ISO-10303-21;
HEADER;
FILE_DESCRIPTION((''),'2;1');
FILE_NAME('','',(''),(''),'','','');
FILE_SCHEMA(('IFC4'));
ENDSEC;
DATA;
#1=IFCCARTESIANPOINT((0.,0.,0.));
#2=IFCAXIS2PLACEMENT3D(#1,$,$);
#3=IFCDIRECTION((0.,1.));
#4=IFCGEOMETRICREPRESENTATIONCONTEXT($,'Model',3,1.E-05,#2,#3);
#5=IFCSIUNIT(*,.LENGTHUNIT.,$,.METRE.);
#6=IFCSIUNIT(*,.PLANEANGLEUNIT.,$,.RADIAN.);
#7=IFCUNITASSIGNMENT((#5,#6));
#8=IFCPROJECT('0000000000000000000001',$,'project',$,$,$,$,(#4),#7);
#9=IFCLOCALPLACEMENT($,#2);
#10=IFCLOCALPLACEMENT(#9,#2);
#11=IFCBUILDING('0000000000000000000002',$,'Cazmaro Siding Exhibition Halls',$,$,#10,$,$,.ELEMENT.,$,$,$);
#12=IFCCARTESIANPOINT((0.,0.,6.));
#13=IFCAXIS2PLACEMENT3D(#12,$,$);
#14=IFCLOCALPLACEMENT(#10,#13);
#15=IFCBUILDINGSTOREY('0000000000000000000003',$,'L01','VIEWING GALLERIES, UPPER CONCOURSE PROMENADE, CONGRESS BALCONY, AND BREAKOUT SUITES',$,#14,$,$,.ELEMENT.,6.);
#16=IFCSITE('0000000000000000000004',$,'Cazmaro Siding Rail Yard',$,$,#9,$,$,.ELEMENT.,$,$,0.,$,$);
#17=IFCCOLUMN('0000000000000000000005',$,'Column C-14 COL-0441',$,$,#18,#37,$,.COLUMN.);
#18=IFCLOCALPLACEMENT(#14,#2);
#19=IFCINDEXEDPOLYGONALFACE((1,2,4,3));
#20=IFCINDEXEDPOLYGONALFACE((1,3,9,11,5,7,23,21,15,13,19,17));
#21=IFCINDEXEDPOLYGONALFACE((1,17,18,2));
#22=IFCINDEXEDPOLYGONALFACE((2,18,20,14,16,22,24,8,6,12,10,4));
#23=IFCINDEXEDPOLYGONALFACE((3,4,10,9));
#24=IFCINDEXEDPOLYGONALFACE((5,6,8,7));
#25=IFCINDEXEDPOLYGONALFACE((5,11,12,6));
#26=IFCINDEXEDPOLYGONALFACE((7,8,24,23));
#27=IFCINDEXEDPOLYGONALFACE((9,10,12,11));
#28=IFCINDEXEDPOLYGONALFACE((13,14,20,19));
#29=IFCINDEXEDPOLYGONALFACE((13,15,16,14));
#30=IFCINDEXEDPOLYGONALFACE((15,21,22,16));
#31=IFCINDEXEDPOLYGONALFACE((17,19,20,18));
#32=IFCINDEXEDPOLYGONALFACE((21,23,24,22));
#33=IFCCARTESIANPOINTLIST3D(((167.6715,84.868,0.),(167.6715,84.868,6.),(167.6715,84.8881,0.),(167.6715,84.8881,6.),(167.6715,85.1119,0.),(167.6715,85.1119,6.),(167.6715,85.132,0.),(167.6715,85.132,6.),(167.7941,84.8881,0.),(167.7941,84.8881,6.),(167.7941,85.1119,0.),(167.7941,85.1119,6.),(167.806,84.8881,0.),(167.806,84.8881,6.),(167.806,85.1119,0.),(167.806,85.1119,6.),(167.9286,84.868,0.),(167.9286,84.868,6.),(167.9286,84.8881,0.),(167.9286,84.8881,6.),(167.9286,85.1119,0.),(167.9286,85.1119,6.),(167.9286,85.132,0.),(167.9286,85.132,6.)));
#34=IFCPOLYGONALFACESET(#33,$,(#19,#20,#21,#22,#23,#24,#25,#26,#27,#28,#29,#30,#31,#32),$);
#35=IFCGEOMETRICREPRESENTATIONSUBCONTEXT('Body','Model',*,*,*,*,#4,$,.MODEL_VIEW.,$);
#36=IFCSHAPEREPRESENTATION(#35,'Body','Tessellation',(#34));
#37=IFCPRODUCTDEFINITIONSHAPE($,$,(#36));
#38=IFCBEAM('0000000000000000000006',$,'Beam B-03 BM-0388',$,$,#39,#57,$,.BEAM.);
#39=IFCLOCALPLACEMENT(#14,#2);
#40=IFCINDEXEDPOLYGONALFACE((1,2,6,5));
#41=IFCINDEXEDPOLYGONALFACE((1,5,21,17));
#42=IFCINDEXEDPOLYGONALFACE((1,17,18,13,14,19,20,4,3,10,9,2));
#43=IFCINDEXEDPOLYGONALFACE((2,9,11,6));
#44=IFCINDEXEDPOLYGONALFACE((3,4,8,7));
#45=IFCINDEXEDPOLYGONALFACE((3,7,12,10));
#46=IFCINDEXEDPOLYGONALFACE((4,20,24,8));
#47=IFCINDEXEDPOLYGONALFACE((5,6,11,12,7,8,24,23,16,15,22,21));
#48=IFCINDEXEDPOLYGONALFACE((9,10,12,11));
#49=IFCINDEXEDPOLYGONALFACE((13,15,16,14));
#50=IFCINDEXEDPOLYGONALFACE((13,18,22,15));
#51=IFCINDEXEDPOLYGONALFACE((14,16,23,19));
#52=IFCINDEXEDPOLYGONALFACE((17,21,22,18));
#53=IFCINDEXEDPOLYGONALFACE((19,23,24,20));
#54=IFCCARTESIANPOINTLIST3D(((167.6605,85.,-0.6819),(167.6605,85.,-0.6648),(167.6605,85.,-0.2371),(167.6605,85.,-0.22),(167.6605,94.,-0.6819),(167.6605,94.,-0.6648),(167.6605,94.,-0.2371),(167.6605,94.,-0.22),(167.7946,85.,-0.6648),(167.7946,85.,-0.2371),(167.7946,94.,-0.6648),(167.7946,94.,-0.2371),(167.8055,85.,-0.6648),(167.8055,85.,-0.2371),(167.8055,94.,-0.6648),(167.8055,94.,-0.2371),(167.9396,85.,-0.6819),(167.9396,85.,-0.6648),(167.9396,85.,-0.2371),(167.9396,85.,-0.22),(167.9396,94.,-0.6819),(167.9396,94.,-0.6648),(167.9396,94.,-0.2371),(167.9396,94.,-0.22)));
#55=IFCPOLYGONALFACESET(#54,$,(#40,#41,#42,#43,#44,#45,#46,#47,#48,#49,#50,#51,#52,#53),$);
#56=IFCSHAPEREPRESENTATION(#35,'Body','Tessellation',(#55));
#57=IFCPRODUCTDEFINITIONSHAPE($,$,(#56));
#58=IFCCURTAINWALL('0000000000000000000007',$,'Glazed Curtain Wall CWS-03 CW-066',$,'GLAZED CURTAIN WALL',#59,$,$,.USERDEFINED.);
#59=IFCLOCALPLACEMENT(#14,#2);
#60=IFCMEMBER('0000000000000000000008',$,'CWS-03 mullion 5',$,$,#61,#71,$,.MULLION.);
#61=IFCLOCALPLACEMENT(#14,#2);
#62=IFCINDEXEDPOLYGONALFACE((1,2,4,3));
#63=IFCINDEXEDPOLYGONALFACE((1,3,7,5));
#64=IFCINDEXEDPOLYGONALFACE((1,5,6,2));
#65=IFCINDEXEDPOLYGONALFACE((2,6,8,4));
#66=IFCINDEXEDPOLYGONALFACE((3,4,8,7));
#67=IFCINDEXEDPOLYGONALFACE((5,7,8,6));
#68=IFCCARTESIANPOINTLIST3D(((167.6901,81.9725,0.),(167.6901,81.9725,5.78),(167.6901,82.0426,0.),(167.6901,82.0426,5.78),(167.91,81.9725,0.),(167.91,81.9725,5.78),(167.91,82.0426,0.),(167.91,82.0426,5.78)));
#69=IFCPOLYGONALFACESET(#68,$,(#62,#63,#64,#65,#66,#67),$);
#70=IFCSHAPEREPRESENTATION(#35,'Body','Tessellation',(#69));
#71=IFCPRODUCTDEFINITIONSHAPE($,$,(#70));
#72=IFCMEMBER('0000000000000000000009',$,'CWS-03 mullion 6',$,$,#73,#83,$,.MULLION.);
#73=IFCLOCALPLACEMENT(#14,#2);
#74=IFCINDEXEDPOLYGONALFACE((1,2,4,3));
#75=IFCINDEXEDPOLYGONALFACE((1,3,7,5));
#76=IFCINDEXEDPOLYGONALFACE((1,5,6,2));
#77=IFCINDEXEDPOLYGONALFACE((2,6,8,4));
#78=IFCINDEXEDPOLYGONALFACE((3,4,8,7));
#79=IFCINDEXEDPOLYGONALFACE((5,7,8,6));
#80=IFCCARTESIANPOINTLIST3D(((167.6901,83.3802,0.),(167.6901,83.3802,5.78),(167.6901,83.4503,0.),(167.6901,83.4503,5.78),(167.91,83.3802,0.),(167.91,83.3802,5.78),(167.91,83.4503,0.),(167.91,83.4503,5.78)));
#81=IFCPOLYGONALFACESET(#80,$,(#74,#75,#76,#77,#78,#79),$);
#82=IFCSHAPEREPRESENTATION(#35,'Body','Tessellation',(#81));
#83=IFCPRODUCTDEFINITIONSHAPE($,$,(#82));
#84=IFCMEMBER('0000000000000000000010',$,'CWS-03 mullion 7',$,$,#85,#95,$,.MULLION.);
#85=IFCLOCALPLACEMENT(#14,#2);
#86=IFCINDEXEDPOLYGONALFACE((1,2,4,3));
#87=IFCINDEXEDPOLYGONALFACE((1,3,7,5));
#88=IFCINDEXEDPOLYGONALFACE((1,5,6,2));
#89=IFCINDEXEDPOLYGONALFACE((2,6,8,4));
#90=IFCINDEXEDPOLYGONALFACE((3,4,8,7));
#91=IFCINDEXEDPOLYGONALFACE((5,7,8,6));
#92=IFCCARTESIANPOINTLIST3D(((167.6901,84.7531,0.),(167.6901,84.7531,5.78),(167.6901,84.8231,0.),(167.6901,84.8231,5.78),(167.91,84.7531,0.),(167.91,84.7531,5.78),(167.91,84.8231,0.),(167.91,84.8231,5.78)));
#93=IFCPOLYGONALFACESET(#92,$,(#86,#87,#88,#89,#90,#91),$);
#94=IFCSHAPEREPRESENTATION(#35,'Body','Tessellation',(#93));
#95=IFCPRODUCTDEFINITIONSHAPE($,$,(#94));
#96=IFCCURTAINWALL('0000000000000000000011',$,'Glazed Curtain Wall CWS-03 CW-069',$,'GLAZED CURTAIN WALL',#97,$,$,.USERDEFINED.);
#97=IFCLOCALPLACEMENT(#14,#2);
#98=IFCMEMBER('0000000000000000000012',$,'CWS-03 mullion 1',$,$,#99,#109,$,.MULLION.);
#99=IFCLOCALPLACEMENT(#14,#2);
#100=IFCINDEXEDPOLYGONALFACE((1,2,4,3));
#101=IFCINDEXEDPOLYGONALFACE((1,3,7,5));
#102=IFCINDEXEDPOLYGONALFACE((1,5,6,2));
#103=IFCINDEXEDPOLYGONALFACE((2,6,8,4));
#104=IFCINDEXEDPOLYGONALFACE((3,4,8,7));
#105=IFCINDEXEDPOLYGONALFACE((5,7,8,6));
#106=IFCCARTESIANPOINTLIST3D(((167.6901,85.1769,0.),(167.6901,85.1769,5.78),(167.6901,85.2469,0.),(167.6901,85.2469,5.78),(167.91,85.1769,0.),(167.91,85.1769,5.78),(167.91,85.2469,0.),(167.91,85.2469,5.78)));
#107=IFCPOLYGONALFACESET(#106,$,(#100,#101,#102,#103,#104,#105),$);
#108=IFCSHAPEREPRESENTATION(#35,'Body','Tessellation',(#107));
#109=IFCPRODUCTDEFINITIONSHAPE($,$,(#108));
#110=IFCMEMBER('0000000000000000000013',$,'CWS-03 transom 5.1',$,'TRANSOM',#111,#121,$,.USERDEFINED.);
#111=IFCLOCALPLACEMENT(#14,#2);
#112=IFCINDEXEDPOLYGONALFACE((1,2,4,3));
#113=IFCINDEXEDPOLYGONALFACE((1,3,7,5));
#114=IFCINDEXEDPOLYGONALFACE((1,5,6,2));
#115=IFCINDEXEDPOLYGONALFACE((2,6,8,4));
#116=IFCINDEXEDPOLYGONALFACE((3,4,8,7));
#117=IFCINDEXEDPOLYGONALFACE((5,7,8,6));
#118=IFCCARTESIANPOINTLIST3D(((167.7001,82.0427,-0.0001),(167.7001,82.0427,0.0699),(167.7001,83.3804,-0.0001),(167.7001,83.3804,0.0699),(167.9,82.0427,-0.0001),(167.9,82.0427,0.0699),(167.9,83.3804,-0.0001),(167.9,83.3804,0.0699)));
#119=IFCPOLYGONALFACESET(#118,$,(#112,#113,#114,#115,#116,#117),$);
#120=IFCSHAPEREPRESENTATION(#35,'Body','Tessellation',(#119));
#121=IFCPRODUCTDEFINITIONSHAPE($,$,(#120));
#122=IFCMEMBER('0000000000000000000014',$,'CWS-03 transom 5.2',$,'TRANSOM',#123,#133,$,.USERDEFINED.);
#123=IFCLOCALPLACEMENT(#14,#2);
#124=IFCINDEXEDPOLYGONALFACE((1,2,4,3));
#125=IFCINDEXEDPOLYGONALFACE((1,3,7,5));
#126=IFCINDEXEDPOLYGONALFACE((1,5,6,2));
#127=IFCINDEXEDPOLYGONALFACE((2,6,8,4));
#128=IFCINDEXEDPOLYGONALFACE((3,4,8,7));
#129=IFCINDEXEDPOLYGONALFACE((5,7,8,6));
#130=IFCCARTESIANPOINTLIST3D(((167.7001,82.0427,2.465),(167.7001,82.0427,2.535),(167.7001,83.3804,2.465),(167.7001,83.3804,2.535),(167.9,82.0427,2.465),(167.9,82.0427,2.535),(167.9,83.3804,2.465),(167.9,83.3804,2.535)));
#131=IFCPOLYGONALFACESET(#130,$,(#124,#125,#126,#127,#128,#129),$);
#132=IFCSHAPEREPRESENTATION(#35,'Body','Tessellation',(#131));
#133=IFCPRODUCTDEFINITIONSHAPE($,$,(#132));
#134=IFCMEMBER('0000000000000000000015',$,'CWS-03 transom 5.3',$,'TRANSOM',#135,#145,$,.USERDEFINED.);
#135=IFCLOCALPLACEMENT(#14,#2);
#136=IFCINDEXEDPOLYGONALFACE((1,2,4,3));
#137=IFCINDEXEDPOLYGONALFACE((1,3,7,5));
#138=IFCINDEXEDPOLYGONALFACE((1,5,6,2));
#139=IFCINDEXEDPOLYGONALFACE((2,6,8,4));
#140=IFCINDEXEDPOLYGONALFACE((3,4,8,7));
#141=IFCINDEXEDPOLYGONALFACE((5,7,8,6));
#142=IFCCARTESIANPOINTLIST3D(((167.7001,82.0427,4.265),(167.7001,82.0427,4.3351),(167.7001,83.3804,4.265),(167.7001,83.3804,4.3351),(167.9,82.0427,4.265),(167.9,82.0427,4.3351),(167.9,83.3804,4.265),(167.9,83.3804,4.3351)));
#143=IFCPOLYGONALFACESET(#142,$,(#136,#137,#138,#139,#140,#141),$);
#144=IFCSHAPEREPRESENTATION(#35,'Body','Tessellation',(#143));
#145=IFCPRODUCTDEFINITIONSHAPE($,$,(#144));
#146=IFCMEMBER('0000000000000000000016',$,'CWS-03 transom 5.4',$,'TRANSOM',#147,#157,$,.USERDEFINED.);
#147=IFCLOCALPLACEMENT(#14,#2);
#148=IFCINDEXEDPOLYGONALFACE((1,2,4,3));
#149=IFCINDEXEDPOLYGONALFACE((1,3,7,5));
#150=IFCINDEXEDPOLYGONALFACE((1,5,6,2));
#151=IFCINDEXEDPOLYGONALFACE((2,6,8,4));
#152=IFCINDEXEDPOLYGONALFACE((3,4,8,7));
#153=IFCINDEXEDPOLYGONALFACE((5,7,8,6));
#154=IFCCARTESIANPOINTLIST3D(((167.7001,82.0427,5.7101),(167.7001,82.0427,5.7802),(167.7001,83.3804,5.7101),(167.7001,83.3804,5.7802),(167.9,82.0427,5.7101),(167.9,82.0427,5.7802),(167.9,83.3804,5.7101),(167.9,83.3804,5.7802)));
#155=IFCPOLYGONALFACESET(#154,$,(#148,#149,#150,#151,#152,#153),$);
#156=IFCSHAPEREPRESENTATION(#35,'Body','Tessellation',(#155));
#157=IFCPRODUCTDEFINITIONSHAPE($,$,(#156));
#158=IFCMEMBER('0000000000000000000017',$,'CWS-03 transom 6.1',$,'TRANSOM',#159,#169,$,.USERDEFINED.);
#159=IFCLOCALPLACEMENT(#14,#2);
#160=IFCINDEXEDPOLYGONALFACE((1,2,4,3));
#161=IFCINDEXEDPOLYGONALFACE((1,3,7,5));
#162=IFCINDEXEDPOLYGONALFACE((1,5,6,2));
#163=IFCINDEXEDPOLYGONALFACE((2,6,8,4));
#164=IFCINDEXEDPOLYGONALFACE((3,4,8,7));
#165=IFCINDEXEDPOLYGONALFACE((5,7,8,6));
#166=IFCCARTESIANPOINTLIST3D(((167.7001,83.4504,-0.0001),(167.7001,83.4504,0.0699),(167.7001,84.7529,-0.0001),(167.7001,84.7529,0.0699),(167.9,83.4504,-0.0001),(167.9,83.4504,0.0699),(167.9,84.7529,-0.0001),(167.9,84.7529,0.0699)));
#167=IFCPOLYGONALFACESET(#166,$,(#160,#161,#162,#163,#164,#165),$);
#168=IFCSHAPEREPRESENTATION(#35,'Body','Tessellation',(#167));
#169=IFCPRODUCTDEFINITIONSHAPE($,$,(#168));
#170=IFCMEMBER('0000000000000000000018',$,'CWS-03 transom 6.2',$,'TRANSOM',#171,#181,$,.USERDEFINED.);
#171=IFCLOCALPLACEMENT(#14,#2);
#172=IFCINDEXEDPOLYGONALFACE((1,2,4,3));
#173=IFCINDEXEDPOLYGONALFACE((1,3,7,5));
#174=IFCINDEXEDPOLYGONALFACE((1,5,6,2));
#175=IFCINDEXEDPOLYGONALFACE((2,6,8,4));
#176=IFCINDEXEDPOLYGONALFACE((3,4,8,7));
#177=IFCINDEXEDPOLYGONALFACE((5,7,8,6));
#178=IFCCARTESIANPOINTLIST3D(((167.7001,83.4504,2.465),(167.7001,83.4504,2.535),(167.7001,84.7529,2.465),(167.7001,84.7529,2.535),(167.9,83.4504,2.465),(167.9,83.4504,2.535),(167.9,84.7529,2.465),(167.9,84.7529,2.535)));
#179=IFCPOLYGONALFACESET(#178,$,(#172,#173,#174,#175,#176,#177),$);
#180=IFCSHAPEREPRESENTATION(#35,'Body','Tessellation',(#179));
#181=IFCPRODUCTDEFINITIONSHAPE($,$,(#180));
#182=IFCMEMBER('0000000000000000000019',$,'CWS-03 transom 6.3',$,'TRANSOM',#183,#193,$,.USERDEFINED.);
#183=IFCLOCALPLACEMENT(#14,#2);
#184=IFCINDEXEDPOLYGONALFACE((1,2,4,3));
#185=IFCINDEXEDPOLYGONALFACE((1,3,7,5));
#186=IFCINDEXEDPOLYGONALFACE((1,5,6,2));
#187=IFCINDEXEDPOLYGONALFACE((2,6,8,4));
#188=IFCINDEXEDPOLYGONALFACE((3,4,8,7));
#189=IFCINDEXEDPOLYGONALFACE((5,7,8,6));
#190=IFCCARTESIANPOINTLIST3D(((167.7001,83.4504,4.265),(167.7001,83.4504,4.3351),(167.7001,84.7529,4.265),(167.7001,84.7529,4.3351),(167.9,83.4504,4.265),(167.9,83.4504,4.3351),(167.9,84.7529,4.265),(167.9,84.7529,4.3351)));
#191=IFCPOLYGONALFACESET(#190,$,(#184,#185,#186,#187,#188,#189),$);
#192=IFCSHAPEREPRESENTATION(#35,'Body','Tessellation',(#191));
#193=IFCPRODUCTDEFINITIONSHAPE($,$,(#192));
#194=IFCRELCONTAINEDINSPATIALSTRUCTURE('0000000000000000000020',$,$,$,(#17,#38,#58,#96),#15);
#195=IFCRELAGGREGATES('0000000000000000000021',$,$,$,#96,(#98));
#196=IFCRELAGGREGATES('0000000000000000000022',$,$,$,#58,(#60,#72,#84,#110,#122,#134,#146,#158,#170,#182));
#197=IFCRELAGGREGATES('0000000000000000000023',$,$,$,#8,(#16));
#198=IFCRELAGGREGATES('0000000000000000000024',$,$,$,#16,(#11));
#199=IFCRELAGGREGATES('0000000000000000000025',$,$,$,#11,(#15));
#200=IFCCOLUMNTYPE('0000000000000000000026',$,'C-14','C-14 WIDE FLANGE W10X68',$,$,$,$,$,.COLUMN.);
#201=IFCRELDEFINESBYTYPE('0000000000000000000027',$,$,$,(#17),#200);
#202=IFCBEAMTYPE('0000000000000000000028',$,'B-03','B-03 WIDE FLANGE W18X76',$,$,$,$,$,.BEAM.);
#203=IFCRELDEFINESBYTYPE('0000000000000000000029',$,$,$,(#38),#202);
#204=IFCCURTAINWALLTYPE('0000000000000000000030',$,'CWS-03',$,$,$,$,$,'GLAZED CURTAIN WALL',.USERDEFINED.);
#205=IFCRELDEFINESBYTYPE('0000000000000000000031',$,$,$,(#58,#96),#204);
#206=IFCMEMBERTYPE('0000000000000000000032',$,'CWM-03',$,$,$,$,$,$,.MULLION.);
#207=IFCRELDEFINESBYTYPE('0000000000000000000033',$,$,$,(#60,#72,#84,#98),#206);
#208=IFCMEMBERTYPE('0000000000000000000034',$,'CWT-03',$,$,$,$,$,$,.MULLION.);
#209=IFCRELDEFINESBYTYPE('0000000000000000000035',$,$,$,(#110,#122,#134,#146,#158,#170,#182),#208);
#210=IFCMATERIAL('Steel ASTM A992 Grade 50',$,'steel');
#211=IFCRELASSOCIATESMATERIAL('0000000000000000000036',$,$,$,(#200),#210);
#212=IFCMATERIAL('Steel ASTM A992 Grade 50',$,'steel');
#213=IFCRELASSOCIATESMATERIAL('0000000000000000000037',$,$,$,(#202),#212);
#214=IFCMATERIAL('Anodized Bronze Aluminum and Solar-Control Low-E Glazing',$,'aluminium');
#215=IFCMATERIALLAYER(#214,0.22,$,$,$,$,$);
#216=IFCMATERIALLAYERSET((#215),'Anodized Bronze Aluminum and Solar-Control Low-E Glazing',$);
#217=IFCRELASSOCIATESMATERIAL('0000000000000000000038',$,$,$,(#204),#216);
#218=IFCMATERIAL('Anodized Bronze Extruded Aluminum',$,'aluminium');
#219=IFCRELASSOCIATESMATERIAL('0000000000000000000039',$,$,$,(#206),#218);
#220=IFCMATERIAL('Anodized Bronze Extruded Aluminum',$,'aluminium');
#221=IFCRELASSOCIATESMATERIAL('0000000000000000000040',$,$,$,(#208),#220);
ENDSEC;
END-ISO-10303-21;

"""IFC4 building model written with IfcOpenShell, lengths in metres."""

from ifc_helpers import new_model, si_unit, direction, frame, origin, origin_2d, place, context, subcontext, project, spatial, rectangle, i_section, extrude, material, layer, layer_set, material_profile, profile_set, type_object, element, aggregate, save


model = new_model("IFC4")

# Units and contexts
model_context = context("Model", 3, precision=1e-05, world=origin(), true_north=direction((0.0, 1.0)))
body_context = subcontext(model_context, "Body", "Model", "MODEL_VIEW")
ifc_project = project(units=[si_unit("LENGTHUNIT", "METRE"), si_unit("PLANEANGLEUNIT", "RADIAN")], contexts=[model_context])

# Site, building, storey
site_placement = place(None, origin())
site = spatial("IfcSite", under=ifc_project, at=site_placement, Name="Cazmaro Siding Rail Yard", CompositionType="ELEMENT", RefElevation=0.0)
building_placement = place(site_placement, origin())
building = spatial("IfcBuilding", under=site, at=building_placement, Name="Cazmaro Siding Exhibition Halls", CompositionType="ELEMENT")
storey_placement = place(building_placement, frame((0.0, 0.0, 6.0)))
storey = spatial("IfcBuildingStorey", under=building, at=storey_placement, Name="L01", Description="VIEWING GALLERIES, UPPER CONCOURSE PROMENADE, CONGRESS BALCONY, AND BREAKOUT SUITES", CompositionType="ELEMENT", Elevation=6.0)

# Column
ifc_material_1 = material(Name="Steel ASTM A992 Grade 50", Category="steel")
ifc_material_profile_1 = material_profile(ifc_material_1, i_section(OverallWidth=0.2571, OverallDepth=0.2639, WebThickness=0.012, FlangeThickness=0.02, at=origin_2d()), Name="W10X68")
ifc_profile_set_1 = profile_set([ifc_material_profile_1], Name="Steel ASTM A992 Grade 50")
column_type = type_object("IfcColumnType", Name="C-14", Description="C-14 WIDE FLANGE W10X68", PredefinedType="COLUMN", material=ifc_profile_set_1)
column_placement = place(storey_placement, frame((167.8, 85.0, 0.0), z_axis=(0.0, 0.0, 1.0), x_axis=(1.0, 0.0, 0.0)))
element("IfcColumn", 1, at=column_placement, inside=storey, type_object=column_type, Name="Column C-14 COL-0441", PredefinedType="COLUMN", context=body_context, shape_type="SweptSolid", body=[
    extrude(i_section(OverallWidth=0.2571, OverallDepth=0.2639, WebThickness=0.012, FlangeThickness=0.02, at=origin_2d()), origin(), (0.0, 0.0, 1.0), 6.0),
])

# Beam
ifc_material_2 = material(Name="Steel ASTM A992 Grade 50", Category="steel")
ifc_material_profile_2 = material_profile(ifc_material_2, i_section(OverallWidth=0.2791, OverallDepth=0.4619, WebThickness=0.011, FlangeThickness=0.0171, at=origin_2d()), Name="W18X76")
ifc_profile_set_2 = profile_set([ifc_material_profile_2], Name="Steel ASTM A992 Grade 50")
beam_type = type_object("IfcBeamType", Name="B-03", Description="B-03 WIDE FLANGE W18X76", PredefinedType="BEAM", material=ifc_profile_set_2)
beam_placement = place(storey_placement, frame((167.8, 85.0, -0.4509), z_axis=(0.0, 1.0, 0.0), x_axis=(-1.0, 0.0, 0.0)))
element("IfcBeam", 2, at=beam_placement, inside=storey, type_object=beam_type, Name="Beam B-03 BM-0388", PredefinedType="BEAM", context=body_context, shape_type="SweptSolid", body=[
    extrude(i_section(OverallWidth=0.2791, OverallDepth=0.4619, WebThickness=0.011, FlangeThickness=0.0171, at=origin_2d()), origin(), (0.0, 0.0, 1.0), 9.0),
])

# Curtain wall, members
ifc_material_3 = material(Name="Anodized Bronze Aluminum and Solar-Control Low-E Glazing", Category="aluminium")
ifc_layer_1 = layer(ifc_material_3, 0.22)
ifc_layer_set_1 = layer_set([ifc_layer_1], Name="Anodized Bronze Aluminum and Solar-Control Low-E Glazing")
curtain_wall_type = type_object("IfcCurtainWallType", Name="CWS-03", ElementType="GLAZED CURTAIN WALL", PredefinedType="USERDEFINED", material=ifc_layer_set_1)
curtain_wall_1_placement = place(storey_placement, origin())
curtain_wall_1 = element("IfcCurtainWall", 3, at=curtain_wall_1_placement, inside=storey, type_object=curtain_wall_type, Name="Glazed Curtain Wall CWS-03 CW-066", ObjectType="GLAZED CURTAIN WALL", PredefinedType="USERDEFINED")
ifc_material_4 = material(Name="Anodized Bronze Extruded Aluminum", Category="aluminium")
ifc_material_profile_3 = material_profile(ifc_material_4, rectangle(XDim=0.22, YDim=0.0701, at=origin_2d()), Name="CWM-03")
ifc_profile_set_3 = profile_set([ifc_material_profile_3], Name="Anodized Bronze Extruded Aluminum")
member_type_1 = type_object("IfcMemberType", Name="CWM-03", PredefinedType="MULLION", material=ifc_profile_set_3)
member_1_placement = place(storey_placement, frame((167.8, 82.0076, 0.0), z_axis=(0.0, 0.0, 1.0), x_axis=(-1.0, 0.0, 0.0)))
member_1 = element("IfcMember", 4, at=member_1_placement, type_object=member_type_1, Name="CWS-03 mullion 5", PredefinedType="MULLION", context=body_context, shape_type="SweptSolid", body=[
    extrude(rectangle(XDim=0.22, YDim=0.0701, at=origin_2d()), origin(), (0.0, 0.0, 1.0), 5.78),
])
member_2_placement = place(storey_placement, frame((167.8, 83.4153, 0.0), z_axis=(0.0, 0.0, 1.0), x_axis=(-1.0, 0.0, 0.0)))
member_2 = element("IfcMember", 5, at=member_2_placement, type_object=member_type_1, Name="CWS-03 mullion 6", PredefinedType="MULLION", context=body_context, shape_type="SweptSolid", body=[
    extrude(rectangle(XDim=0.22, YDim=0.0701, at=origin_2d()), origin(), (0.0, 0.0, 1.0), 5.78),
])
member_3_placement = place(storey_placement, frame((167.8, 84.7881, 0.0), z_axis=(0.0, 0.0, 1.0), x_axis=(-1.0, 0.0, 0.0)))
member_3 = element("IfcMember", 6, at=member_3_placement, type_object=member_type_1, Name="CWS-03 mullion 7", PredefinedType="MULLION", context=body_context, shape_type="SweptSolid", body=[
    extrude(rectangle(XDim=0.22, YDim=0.0701, at=origin_2d()), origin(), (0.0, 0.0, 1.0), 5.78),
])

# Curtain wall, member
curtain_wall_2_placement = place(storey_placement, origin())
curtain_wall_2 = element("IfcCurtainWall", 7, at=curtain_wall_2_placement, inside=storey, type_object=curtain_wall_type, Name="Glazed Curtain Wall CWS-03 CW-069", ObjectType="GLAZED CURTAIN WALL", PredefinedType="USERDEFINED")
member_4_placement = place(storey_placement, frame((167.8, 85.2119, 0.0), z_axis=(0.0, 0.0, 1.0), x_axis=(-1.0, 0.0, 0.0)))
member_4 = element("IfcMember", 8, at=member_4_placement, type_object=member_type_1, Name="CWS-03 mullion 1", PredefinedType="MULLION", context=body_context, shape_type="SweptSolid", body=[
    extrude(rectangle(XDim=0.22, YDim=0.0701, at=origin_2d()), origin(), (0.0, 0.0, 1.0), 5.78),
])

# Members
ifc_material_5 = material(Name="Anodized Bronze Extruded Aluminum", Category="aluminium")
ifc_material_profile_4 = material_profile(ifc_material_5, rectangle(XDim=0.2, YDim=0.0701, at=origin_2d()), Name="CWT-03")
ifc_profile_set_4 = profile_set([ifc_material_profile_4], Name="Anodized Bronze Extruded Aluminum")
member_type_2 = type_object("IfcMemberType", Name="CWT-03", PredefinedType="MULLION", material=ifc_profile_set_4)
member_5_placement = place(storey_placement, frame((167.8, 82.0427, 0.0349), z_axis=(0.0, 1.0, 0.0), x_axis=(-1.0, 0.0, 0.0)))
member_5 = element("IfcMember", 9, at=member_5_placement, type_object=member_type_2, Name="CWS-03 transom 5.1", ObjectType="TRANSOM", PredefinedType="USERDEFINED", context=body_context, shape_type="SweptSolid", body=[
    extrude(rectangle(XDim=0.2, YDim=0.0701, at=origin_2d()), origin(), (0.0, 0.0, 1.0), 1.3376),
])
member_6_placement = place(storey_placement, frame((167.8, 82.0427, 2.5), z_axis=(0.0, 1.0, 0.0), x_axis=(-1.0, 0.0, 0.0)))
member_6 = element("IfcMember", 10, at=member_6_placement, type_object=member_type_2, Name="CWS-03 transom 5.2", ObjectType="TRANSOM", PredefinedType="USERDEFINED", context=body_context, shape_type="SweptSolid", body=[
    extrude(rectangle(XDim=0.2, YDim=0.0701, at=origin_2d()), origin(), (0.0, 0.0, 1.0), 1.3376),
])
member_7_placement = place(storey_placement, frame((167.8, 82.0427, 4.3), z_axis=(0.0, 1.0, 0.0), x_axis=(-1.0, 0.0, 0.0)))
member_7 = element("IfcMember", 11, at=member_7_placement, type_object=member_type_2, Name="CWS-03 transom 5.3", ObjectType="TRANSOM", PredefinedType="USERDEFINED", context=body_context, shape_type="SweptSolid", body=[
    extrude(rectangle(XDim=0.2, YDim=0.0701, at=origin_2d()), origin(), (0.0, 0.0, 1.0), 1.3376),
])
member_8_placement = place(storey_placement, frame((167.8, 82.0427, 5.7451), z_axis=(0.0, 1.0, 0.0), x_axis=(-1.0, 0.0, 0.0)))
member_8 = element("IfcMember", 12, at=member_8_placement, type_object=member_type_2, Name="CWS-03 transom 5.4", ObjectType="TRANSOM", PredefinedType="USERDEFINED", context=body_context, shape_type="SweptSolid", body=[
    extrude(rectangle(XDim=0.2, YDim=0.0701, at=origin_2d()), origin(), (0.0, 0.0, 1.0), 1.3376),
])
member_9_placement = place(storey_placement, frame((167.8, 83.4504, 0.0349), z_axis=(0.0, 1.0, 0.0), x_axis=(-1.0, 0.0, 0.0)))
member_9 = element("IfcMember", 13, at=member_9_placement, type_object=member_type_2, Name="CWS-03 transom 6.1", ObjectType="TRANSOM", PredefinedType="USERDEFINED", context=body_context, shape_type="SweptSolid", body=[
    extrude(rectangle(XDim=0.2, YDim=0.0701, at=origin_2d()), origin(), (0.0, 0.0, 1.0), 1.3025),
])
member_10_placement = place(storey_placement, frame((167.8, 83.4504, 2.5), z_axis=(0.0, 1.0, 0.0), x_axis=(-1.0, 0.0, 0.0)))
member_10 = element("IfcMember", 14, at=member_10_placement, type_object=member_type_2, Name="CWS-03 transom 6.2", ObjectType="TRANSOM", PredefinedType="USERDEFINED", context=body_context, shape_type="SweptSolid", body=[
    extrude(rectangle(XDim=0.2, YDim=0.0701, at=origin_2d()), origin(), (0.0, 0.0, 1.0), 1.3025),
])
member_11_placement = place(storey_placement, frame((167.8, 83.4504, 4.3), z_axis=(0.0, 1.0, 0.0), x_axis=(-1.0, 0.0, 0.0)))
member_11 = element("IfcMember", 15, at=member_11_placement, type_object=member_type_2, Name="CWS-03 transom 6.3", ObjectType="TRANSOM", PredefinedType="USERDEFINED", context=body_context, shape_type="SweptSolid", body=[
    extrude(rectangle(XDim=0.2, YDim=0.0701, at=origin_2d()), origin(), (0.0, 0.0, 1.0), 1.3025),
])
aggregate(curtain_wall_2, [member_4])

aggregate(curtain_wall_1, [member_1, member_2, member_3, member_5, member_6, member_7, member_8, member_9, member_10, member_11])

save(model, "model.ifc")
